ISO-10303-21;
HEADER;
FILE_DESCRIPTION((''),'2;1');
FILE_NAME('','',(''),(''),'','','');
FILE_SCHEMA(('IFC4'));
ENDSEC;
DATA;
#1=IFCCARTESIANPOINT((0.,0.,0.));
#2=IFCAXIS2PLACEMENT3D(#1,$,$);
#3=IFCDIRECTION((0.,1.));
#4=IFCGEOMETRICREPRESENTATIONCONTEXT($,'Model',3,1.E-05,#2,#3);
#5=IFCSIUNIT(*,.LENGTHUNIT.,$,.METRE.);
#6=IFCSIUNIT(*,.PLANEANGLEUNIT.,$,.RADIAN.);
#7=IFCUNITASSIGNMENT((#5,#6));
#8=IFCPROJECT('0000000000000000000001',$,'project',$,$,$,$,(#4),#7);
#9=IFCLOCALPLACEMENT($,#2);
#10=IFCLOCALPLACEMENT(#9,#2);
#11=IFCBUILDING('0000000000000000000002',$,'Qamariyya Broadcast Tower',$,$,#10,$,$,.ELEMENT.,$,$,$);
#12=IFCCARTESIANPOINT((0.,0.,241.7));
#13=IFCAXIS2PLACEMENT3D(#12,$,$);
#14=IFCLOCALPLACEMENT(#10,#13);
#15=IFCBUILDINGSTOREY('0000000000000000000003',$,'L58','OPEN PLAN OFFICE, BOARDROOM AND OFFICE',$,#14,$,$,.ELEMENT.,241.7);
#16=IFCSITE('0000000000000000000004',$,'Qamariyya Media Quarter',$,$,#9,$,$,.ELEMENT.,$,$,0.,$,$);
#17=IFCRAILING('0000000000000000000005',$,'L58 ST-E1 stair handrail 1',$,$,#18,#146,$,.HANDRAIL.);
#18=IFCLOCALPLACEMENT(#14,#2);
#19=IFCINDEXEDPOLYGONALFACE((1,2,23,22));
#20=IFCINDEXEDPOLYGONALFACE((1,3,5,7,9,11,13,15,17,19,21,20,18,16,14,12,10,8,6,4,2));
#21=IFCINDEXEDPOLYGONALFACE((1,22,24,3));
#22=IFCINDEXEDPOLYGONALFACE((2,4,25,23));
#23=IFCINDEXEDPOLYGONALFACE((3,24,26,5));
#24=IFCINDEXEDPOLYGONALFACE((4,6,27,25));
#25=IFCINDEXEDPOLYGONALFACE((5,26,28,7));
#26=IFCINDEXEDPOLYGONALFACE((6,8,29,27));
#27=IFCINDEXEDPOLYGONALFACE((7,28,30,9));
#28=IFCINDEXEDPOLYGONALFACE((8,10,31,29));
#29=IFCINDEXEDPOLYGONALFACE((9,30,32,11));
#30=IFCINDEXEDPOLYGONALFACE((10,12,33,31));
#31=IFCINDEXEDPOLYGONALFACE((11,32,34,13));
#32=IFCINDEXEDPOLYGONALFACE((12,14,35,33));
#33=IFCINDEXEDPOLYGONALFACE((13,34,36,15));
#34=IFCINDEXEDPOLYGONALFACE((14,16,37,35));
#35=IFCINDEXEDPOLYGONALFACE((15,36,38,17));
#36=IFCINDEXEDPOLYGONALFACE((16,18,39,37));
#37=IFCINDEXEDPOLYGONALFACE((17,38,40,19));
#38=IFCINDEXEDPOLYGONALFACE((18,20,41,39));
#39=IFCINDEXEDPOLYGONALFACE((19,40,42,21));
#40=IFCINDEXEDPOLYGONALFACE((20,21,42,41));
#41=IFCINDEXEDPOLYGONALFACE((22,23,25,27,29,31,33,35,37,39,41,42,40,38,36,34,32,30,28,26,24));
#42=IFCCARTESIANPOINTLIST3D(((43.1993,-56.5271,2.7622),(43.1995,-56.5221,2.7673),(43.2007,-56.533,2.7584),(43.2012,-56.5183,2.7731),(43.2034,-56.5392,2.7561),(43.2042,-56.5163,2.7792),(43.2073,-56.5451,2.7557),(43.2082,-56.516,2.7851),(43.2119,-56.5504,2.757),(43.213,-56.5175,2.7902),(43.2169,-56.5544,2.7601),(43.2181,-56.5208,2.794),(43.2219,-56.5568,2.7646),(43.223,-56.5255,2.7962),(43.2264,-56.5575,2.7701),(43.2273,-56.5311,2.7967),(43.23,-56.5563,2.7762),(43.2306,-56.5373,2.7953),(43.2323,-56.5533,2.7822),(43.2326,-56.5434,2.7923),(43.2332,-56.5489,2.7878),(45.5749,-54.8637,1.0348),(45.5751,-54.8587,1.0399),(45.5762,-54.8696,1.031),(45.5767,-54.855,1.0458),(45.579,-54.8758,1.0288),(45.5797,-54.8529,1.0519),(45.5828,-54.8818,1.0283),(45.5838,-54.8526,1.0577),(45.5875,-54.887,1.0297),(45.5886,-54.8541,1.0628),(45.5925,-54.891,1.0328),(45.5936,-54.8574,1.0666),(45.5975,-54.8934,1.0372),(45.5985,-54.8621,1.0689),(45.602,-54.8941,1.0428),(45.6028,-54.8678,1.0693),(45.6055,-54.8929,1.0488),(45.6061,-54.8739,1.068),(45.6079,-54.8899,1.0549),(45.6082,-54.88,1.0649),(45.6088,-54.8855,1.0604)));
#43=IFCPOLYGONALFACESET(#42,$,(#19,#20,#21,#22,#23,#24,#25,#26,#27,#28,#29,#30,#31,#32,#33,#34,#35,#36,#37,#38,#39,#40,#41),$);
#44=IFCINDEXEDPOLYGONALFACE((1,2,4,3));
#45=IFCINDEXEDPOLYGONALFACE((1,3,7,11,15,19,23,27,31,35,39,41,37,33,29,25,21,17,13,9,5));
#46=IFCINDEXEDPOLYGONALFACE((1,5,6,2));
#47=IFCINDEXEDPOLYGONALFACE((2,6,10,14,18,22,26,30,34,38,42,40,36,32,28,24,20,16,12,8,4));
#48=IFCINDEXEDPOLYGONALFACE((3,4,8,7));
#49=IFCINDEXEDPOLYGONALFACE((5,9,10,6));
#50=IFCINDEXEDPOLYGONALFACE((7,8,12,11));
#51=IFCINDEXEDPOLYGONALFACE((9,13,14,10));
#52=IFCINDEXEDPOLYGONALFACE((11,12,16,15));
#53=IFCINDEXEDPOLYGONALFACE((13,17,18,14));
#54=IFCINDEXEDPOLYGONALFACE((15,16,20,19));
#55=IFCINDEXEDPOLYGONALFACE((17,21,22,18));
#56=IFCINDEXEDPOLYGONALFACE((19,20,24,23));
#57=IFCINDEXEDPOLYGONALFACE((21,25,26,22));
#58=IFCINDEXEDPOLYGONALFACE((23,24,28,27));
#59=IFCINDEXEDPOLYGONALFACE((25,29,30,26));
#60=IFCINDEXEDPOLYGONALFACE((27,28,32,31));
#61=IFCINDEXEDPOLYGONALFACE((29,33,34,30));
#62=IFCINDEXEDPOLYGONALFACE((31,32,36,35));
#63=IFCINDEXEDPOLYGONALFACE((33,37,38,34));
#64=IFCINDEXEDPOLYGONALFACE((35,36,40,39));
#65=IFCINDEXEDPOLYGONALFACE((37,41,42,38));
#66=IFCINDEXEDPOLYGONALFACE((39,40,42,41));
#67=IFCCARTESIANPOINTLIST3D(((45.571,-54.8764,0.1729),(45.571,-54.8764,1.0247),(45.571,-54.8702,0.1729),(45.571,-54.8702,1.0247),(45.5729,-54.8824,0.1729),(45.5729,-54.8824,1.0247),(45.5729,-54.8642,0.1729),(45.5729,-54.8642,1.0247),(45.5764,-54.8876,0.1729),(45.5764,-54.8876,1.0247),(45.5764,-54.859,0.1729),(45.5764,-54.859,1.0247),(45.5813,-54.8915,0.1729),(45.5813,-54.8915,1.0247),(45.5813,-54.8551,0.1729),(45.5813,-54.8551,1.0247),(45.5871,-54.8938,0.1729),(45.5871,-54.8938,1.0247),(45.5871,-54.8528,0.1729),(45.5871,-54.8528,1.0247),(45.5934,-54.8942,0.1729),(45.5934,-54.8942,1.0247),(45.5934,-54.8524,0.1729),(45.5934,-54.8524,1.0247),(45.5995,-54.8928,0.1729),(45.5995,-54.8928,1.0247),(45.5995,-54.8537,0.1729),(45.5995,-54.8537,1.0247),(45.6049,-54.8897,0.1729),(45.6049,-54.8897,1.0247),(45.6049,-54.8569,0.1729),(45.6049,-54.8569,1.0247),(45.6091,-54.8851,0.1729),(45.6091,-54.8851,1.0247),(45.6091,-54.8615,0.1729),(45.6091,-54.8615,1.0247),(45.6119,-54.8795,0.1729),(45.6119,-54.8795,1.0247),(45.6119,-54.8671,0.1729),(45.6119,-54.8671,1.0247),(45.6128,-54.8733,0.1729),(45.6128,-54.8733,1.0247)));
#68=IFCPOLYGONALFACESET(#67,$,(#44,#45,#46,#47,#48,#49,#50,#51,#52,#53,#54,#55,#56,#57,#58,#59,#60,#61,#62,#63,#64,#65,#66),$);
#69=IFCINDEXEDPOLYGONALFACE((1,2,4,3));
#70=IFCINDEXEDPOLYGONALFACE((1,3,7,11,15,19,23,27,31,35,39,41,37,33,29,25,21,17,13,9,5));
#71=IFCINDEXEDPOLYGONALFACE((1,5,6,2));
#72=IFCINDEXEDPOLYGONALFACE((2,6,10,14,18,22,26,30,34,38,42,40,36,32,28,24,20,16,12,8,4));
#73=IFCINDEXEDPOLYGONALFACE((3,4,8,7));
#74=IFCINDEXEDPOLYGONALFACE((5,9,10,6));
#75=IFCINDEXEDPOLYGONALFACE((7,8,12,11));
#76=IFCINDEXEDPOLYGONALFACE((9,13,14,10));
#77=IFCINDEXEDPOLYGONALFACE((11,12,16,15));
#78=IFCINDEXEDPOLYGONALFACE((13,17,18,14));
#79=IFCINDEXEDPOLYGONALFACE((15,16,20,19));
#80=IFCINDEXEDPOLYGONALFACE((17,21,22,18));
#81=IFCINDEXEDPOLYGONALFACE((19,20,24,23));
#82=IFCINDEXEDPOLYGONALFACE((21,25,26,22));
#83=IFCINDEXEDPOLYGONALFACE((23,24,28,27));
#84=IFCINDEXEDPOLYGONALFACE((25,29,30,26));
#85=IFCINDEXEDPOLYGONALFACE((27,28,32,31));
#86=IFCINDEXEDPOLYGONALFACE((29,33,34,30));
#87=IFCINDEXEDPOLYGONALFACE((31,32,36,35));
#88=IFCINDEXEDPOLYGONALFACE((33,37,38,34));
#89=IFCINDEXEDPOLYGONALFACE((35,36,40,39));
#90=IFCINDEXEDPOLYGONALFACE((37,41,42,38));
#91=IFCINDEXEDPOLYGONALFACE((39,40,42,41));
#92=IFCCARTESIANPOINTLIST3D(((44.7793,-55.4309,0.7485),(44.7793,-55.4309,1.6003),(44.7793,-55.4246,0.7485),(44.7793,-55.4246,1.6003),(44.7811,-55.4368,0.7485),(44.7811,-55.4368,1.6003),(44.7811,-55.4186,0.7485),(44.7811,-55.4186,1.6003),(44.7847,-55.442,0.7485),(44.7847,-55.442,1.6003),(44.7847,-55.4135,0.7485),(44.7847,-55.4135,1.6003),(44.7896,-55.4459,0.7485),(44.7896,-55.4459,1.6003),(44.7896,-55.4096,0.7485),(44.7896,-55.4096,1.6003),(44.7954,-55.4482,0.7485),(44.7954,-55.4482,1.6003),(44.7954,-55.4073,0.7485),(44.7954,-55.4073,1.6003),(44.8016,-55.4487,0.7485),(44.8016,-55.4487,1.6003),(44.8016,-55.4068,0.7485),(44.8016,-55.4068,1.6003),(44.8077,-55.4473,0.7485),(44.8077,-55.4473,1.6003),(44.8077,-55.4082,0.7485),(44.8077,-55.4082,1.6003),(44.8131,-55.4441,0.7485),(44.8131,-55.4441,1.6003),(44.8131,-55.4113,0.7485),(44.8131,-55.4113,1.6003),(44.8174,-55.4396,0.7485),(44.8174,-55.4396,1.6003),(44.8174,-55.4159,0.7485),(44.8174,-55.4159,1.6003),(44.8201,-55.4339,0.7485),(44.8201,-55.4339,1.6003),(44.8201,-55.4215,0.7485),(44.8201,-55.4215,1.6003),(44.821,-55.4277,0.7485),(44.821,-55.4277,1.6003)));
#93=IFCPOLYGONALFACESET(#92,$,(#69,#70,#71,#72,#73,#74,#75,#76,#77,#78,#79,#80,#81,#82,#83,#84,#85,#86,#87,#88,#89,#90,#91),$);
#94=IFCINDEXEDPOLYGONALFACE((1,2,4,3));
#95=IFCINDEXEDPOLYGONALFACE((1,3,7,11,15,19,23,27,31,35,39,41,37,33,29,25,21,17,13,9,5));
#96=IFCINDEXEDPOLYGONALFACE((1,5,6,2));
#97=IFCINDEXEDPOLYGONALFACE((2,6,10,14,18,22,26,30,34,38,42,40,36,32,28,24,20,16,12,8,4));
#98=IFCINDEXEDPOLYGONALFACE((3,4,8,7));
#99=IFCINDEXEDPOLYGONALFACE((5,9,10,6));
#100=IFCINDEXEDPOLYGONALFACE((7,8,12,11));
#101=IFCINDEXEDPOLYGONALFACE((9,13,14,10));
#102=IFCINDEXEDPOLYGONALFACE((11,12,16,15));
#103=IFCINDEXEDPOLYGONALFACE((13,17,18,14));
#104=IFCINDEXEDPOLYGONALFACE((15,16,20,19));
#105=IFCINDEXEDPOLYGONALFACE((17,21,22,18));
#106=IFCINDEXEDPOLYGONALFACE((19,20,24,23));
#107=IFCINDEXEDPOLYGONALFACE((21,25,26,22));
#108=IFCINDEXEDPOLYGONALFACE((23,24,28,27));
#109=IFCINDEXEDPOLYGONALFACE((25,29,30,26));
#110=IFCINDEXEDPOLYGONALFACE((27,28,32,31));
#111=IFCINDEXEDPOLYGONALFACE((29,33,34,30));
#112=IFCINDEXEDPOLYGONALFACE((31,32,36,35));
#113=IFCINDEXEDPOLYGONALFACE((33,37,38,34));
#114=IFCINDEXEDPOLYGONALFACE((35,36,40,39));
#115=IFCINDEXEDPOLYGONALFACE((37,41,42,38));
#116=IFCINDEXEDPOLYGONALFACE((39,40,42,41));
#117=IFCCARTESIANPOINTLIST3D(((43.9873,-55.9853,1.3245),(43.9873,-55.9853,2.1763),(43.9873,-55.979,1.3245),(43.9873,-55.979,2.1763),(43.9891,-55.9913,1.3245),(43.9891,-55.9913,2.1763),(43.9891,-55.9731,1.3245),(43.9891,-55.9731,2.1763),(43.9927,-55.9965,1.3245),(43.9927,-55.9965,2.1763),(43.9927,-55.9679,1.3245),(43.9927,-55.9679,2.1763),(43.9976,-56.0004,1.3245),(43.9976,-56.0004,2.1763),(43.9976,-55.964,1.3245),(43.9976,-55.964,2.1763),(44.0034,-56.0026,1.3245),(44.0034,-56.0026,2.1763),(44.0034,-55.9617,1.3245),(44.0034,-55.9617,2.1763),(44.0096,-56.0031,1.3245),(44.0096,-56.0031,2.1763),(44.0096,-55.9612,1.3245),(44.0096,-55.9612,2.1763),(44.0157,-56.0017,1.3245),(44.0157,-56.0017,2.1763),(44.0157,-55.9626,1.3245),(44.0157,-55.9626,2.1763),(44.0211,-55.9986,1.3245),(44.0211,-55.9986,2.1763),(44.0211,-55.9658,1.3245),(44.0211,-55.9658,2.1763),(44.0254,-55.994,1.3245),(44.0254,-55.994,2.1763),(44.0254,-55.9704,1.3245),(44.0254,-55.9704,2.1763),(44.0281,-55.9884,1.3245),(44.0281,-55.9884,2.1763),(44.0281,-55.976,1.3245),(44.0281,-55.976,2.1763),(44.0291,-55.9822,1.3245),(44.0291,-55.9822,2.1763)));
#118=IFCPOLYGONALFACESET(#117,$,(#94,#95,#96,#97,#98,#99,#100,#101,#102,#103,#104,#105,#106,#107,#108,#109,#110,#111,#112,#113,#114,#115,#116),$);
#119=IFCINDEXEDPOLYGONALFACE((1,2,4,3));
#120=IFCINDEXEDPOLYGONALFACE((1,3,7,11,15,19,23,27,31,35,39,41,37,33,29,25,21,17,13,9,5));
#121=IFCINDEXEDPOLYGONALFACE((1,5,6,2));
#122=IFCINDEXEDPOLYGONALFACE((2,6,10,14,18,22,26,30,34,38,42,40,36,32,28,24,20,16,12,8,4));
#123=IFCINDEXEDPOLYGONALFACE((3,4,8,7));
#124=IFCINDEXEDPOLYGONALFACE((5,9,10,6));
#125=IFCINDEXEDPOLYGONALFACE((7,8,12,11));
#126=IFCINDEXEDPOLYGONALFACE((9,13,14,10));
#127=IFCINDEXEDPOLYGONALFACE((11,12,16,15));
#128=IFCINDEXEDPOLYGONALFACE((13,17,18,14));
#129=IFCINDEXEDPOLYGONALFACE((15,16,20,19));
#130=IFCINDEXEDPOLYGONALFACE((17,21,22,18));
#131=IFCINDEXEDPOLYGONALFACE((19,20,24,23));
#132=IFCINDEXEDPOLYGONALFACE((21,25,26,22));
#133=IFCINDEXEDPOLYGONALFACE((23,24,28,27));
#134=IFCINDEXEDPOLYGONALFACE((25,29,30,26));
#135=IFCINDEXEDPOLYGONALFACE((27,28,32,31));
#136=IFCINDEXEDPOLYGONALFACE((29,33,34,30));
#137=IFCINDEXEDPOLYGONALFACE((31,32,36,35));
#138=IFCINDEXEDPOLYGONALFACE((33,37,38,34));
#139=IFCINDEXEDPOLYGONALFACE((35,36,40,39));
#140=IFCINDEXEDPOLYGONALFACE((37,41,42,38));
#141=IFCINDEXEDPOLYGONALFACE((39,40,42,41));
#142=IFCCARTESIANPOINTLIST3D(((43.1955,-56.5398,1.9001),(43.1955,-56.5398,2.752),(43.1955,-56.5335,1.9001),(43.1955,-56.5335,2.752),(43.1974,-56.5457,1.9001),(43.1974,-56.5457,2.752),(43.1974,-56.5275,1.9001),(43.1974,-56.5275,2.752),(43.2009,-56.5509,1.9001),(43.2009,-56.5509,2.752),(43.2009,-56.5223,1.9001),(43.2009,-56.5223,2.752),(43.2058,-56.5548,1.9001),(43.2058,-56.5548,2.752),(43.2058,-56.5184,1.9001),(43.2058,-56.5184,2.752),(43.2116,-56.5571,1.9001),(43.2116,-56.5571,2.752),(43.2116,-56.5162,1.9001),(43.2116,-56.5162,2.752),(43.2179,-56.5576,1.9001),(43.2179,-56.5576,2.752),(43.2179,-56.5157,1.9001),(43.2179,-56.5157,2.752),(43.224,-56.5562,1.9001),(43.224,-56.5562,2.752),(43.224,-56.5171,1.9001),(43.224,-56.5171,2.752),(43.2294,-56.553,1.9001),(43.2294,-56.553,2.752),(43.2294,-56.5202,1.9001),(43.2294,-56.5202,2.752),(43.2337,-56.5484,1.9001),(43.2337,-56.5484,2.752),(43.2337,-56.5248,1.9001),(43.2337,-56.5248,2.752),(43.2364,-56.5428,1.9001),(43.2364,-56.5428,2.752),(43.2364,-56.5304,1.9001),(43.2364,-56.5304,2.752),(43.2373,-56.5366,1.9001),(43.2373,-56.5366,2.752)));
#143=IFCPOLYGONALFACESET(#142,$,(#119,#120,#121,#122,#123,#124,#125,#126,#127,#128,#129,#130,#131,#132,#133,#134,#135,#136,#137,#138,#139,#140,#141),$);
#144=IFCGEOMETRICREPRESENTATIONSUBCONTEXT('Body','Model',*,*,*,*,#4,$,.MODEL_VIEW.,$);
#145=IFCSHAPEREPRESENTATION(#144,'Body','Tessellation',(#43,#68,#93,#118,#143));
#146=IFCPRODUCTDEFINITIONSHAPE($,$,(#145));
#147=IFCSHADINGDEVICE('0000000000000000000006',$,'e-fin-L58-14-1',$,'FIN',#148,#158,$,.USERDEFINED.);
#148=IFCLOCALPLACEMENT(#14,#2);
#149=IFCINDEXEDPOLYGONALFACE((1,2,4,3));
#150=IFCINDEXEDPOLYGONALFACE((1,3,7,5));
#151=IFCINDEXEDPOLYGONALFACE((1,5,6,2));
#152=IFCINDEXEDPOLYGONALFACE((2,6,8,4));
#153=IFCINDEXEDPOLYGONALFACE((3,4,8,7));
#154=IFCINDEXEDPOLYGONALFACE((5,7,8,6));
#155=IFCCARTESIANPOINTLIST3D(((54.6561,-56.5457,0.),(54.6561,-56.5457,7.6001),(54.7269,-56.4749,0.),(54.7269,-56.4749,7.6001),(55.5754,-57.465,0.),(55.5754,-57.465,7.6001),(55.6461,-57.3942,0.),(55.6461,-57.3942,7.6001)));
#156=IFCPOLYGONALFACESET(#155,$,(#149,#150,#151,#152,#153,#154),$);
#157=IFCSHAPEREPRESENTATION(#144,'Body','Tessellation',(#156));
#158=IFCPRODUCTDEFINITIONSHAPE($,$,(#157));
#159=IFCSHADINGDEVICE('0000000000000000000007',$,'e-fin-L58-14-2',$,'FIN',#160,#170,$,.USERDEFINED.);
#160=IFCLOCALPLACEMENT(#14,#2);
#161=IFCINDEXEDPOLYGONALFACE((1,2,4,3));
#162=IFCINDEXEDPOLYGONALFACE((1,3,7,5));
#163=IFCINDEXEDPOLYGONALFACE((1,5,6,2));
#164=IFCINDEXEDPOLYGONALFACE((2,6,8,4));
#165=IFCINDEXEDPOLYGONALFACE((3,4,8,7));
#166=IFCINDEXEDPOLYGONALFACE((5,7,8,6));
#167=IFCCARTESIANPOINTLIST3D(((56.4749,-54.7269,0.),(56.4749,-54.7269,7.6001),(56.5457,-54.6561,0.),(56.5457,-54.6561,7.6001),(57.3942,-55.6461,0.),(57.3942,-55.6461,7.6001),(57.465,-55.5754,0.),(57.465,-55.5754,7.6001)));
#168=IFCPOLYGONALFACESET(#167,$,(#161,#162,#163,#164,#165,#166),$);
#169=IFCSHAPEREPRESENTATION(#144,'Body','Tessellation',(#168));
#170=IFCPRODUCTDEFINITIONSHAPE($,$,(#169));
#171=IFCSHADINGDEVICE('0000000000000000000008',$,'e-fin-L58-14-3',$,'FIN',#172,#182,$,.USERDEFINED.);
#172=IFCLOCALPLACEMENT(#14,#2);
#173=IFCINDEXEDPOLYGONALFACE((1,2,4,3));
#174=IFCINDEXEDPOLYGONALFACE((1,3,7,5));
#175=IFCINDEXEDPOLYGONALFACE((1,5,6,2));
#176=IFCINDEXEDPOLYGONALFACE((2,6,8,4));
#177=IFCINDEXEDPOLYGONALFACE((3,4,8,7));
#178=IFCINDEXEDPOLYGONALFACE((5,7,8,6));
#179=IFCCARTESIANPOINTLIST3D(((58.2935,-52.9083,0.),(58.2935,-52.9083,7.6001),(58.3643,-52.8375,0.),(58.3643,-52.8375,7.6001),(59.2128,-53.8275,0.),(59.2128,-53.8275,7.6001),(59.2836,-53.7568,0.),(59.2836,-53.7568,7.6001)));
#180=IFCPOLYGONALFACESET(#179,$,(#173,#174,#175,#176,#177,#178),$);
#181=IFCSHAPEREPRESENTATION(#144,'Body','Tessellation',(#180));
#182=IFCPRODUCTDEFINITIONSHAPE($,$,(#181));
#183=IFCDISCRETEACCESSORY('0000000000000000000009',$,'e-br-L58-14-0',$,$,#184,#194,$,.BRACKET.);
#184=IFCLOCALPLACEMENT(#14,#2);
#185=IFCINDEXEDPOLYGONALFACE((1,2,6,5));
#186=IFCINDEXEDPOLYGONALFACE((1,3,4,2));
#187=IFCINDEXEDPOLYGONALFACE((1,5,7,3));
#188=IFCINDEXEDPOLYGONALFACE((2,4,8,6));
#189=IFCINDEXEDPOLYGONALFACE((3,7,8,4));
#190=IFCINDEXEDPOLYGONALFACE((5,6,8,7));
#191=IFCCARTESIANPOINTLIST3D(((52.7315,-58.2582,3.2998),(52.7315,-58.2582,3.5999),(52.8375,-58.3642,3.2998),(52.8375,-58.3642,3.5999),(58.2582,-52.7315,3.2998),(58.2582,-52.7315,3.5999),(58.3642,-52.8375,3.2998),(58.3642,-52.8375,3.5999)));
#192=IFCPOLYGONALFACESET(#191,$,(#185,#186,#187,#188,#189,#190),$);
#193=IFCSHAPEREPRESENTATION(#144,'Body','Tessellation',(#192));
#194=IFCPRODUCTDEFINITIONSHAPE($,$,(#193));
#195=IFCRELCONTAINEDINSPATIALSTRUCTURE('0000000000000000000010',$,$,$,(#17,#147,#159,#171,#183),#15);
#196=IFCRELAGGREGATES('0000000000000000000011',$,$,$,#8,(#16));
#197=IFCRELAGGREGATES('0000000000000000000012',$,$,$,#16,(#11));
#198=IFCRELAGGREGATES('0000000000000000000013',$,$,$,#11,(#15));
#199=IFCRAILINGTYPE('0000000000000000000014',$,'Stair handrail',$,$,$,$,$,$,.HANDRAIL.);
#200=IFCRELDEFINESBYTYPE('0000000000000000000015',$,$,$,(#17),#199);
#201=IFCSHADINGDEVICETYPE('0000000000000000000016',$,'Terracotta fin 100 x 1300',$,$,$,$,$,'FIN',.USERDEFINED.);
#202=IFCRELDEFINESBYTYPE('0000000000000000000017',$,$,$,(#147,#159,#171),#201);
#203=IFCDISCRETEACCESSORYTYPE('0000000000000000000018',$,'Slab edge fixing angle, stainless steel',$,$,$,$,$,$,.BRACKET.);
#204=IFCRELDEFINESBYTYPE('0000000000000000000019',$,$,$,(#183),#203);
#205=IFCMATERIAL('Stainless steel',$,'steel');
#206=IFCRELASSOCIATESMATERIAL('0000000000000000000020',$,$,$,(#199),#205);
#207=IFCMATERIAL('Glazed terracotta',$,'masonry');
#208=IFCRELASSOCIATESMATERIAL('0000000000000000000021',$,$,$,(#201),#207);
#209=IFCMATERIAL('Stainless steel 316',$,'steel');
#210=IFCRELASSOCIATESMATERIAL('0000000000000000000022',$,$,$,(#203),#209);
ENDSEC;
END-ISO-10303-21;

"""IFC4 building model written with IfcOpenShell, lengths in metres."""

from ifc_helpers import new_model, si_unit, direction, frame, origin, origin_2d, place, context, subcontext, project, spatial, rectangle, circle, extrude, material, material_profile, profile_set, type_object, element, save


model = new_model("IFC4")

# Units and contexts
model_context = context("Model", 3, precision=1e-05, world=origin(), true_north=direction((0.0, 1.0)))
body_context = subcontext(model_context, "Body", "Model", "MODEL_VIEW")
ifc_project = project(units=[si_unit("LENGTHUNIT", "METRE"), si_unit("PLANEANGLEUNIT", "RADIAN")], contexts=[model_context])

# Site, building, storey
site_placement = place(None, origin())
site = spatial("IfcSite", under=ifc_project, at=site_placement, Name="Qamariyya Media Quarter", CompositionType="ELEMENT", RefElevation=0.0)
building_placement = place(site_placement, origin())
building = spatial("IfcBuilding", under=site, at=building_placement, Name="Qamariyya Broadcast Tower", CompositionType="ELEMENT")
storey_placement = place(building_placement, frame((0.0, 0.0, 241.7)))
storey = spatial("IfcBuildingStorey", under=building, at=storey_placement, Name="L58", Description="OPEN PLAN OFFICE, BOARDROOM AND OFFICE", CompositionType="ELEMENT", Elevation=241.7)

# Railing
ifc_material_1 = material(Name="Stainless steel", Category="steel")
railing_type_1 = type_object("IfcRailingType", Name="Stair handrail", PredefinedType="HANDRAIL", material=ifc_material_1)
railing_1_placement = place(storey_placement, frame((45.5918, -54.8733, 0.1729)))
element("IfcRailing", 1, at=railing_1_placement, inside=storey, type_object=railing_type_1, Name="L58 ST-E1 stair handrail 1", PredefinedType="HANDRAIL", context=body_context, shape_type="SweptSolid", body=[
    extrude(circle(Radius=0.0239, at=origin_2d()), frame((0.0, 0.0, 0.876), z_axis=(-0.70377, -0.492784, 0.511734), x_axis=(0.573575, -0.819153, 0.0)), (0.0, 0.0, 1.0), 3.3755),
    extrude(circle(Radius=0.021, at=origin_2d()), origin(), (0.0, 0.0, 1.0), 0.8518),
    extrude(circle(Radius=0.021, at=origin_2d()), frame((-0.7917, -0.5544, 0.5757)), (0.0, 0.0, 1.0), 0.8518),
    extrude(circle(Radius=0.021, at=origin_2d()), frame((-1.5837, -1.1089, 1.1516)), (0.0, 0.0, 1.0), 0.8518),
    extrude(circle(Radius=0.021, at=origin_2d()), frame((-2.3755, -1.6633, 1.7273)), (0.0, 0.0, 1.0), 0.8518),
])

# Shading devices
ifc_material_2 = material(Name="Glazed terracotta", Category="masonry")
ifc_material_profile_1 = material_profile(ifc_material_2, rectangle(XDim=1.3, YDim=0.1001, at=origin_2d()))
ifc_profile_set_1 = profile_set([ifc_material_profile_1], Name="Glazed terracotta")
shading_device_type = type_object("IfcShadingDeviceType", Name="Terracotta fin 100 x 1300", ElementType="FIN", PredefinedType="USERDEFINED", material=ifc_profile_set_1)
for number, where, z_axis, x_axis, name in (
    (2, (55.1511, -56.97, 0.0), (0.0, 0.0, 1.0), (0.707107, -0.707107, 0.0), "e-fin-L58-14-1"),
    (3, (56.97, -55.1511, 0.0), (0.0, 0.0, 1.0), (0.707107, -0.707107, 0.0), "e-fin-L58-14-2"),
    (4, (58.7886, -53.3325, 0.0), (0.0, 0.0, 1.0), (0.707107, -0.707107, 0.0), "e-fin-L58-14-3"),
):
    element("IfcShadingDevice", number, at=place(storey_placement, frame(where, z_axis=z_axis, x_axis=x_axis)), inside=storey, type_object=shading_device_type, Name=name, ObjectType="FIN", PredefinedType="USERDEFINED", context=body_context, shape_type="SweptSolid", body=[
        extrude(rectangle(XDim=1.3, YDim=0.1001, at=origin_2d()), origin(), (0.0, 0.0, 1.0), 7.6001),
    ])

# Discrete accessory
ifc_material_3 = material(Name="Stainless steel 316", Category="steel")
discrete_accessory_type = type_object("IfcDiscreteAccessoryType", Name="Slab edge fixing angle, stainless steel", PredefinedType="BRACKET", material=ifc_material_3)
discrete_accessory_placement = place(storey_placement, frame((55.5479, -55.5479, 3.2998), z_axis=(0.0, 0.0, 1.0), x_axis=(0.707107, 0.707107, 0.0)))
element("IfcDiscreteAccessory", 5, at=discrete_accessory_placement, inside=storey, type_object=discrete_accessory_type, Name="e-br-L58-14-0", PredefinedType="BRACKET", context=body_context, shape_type="SweptSolid", body=[
    extrude(rectangle(XDim=7.8159, YDim=0.1499, at=origin_2d()), origin(), (0.0, 0.0, 1.0), 0.3),
])

save(model, "model.ifc")
